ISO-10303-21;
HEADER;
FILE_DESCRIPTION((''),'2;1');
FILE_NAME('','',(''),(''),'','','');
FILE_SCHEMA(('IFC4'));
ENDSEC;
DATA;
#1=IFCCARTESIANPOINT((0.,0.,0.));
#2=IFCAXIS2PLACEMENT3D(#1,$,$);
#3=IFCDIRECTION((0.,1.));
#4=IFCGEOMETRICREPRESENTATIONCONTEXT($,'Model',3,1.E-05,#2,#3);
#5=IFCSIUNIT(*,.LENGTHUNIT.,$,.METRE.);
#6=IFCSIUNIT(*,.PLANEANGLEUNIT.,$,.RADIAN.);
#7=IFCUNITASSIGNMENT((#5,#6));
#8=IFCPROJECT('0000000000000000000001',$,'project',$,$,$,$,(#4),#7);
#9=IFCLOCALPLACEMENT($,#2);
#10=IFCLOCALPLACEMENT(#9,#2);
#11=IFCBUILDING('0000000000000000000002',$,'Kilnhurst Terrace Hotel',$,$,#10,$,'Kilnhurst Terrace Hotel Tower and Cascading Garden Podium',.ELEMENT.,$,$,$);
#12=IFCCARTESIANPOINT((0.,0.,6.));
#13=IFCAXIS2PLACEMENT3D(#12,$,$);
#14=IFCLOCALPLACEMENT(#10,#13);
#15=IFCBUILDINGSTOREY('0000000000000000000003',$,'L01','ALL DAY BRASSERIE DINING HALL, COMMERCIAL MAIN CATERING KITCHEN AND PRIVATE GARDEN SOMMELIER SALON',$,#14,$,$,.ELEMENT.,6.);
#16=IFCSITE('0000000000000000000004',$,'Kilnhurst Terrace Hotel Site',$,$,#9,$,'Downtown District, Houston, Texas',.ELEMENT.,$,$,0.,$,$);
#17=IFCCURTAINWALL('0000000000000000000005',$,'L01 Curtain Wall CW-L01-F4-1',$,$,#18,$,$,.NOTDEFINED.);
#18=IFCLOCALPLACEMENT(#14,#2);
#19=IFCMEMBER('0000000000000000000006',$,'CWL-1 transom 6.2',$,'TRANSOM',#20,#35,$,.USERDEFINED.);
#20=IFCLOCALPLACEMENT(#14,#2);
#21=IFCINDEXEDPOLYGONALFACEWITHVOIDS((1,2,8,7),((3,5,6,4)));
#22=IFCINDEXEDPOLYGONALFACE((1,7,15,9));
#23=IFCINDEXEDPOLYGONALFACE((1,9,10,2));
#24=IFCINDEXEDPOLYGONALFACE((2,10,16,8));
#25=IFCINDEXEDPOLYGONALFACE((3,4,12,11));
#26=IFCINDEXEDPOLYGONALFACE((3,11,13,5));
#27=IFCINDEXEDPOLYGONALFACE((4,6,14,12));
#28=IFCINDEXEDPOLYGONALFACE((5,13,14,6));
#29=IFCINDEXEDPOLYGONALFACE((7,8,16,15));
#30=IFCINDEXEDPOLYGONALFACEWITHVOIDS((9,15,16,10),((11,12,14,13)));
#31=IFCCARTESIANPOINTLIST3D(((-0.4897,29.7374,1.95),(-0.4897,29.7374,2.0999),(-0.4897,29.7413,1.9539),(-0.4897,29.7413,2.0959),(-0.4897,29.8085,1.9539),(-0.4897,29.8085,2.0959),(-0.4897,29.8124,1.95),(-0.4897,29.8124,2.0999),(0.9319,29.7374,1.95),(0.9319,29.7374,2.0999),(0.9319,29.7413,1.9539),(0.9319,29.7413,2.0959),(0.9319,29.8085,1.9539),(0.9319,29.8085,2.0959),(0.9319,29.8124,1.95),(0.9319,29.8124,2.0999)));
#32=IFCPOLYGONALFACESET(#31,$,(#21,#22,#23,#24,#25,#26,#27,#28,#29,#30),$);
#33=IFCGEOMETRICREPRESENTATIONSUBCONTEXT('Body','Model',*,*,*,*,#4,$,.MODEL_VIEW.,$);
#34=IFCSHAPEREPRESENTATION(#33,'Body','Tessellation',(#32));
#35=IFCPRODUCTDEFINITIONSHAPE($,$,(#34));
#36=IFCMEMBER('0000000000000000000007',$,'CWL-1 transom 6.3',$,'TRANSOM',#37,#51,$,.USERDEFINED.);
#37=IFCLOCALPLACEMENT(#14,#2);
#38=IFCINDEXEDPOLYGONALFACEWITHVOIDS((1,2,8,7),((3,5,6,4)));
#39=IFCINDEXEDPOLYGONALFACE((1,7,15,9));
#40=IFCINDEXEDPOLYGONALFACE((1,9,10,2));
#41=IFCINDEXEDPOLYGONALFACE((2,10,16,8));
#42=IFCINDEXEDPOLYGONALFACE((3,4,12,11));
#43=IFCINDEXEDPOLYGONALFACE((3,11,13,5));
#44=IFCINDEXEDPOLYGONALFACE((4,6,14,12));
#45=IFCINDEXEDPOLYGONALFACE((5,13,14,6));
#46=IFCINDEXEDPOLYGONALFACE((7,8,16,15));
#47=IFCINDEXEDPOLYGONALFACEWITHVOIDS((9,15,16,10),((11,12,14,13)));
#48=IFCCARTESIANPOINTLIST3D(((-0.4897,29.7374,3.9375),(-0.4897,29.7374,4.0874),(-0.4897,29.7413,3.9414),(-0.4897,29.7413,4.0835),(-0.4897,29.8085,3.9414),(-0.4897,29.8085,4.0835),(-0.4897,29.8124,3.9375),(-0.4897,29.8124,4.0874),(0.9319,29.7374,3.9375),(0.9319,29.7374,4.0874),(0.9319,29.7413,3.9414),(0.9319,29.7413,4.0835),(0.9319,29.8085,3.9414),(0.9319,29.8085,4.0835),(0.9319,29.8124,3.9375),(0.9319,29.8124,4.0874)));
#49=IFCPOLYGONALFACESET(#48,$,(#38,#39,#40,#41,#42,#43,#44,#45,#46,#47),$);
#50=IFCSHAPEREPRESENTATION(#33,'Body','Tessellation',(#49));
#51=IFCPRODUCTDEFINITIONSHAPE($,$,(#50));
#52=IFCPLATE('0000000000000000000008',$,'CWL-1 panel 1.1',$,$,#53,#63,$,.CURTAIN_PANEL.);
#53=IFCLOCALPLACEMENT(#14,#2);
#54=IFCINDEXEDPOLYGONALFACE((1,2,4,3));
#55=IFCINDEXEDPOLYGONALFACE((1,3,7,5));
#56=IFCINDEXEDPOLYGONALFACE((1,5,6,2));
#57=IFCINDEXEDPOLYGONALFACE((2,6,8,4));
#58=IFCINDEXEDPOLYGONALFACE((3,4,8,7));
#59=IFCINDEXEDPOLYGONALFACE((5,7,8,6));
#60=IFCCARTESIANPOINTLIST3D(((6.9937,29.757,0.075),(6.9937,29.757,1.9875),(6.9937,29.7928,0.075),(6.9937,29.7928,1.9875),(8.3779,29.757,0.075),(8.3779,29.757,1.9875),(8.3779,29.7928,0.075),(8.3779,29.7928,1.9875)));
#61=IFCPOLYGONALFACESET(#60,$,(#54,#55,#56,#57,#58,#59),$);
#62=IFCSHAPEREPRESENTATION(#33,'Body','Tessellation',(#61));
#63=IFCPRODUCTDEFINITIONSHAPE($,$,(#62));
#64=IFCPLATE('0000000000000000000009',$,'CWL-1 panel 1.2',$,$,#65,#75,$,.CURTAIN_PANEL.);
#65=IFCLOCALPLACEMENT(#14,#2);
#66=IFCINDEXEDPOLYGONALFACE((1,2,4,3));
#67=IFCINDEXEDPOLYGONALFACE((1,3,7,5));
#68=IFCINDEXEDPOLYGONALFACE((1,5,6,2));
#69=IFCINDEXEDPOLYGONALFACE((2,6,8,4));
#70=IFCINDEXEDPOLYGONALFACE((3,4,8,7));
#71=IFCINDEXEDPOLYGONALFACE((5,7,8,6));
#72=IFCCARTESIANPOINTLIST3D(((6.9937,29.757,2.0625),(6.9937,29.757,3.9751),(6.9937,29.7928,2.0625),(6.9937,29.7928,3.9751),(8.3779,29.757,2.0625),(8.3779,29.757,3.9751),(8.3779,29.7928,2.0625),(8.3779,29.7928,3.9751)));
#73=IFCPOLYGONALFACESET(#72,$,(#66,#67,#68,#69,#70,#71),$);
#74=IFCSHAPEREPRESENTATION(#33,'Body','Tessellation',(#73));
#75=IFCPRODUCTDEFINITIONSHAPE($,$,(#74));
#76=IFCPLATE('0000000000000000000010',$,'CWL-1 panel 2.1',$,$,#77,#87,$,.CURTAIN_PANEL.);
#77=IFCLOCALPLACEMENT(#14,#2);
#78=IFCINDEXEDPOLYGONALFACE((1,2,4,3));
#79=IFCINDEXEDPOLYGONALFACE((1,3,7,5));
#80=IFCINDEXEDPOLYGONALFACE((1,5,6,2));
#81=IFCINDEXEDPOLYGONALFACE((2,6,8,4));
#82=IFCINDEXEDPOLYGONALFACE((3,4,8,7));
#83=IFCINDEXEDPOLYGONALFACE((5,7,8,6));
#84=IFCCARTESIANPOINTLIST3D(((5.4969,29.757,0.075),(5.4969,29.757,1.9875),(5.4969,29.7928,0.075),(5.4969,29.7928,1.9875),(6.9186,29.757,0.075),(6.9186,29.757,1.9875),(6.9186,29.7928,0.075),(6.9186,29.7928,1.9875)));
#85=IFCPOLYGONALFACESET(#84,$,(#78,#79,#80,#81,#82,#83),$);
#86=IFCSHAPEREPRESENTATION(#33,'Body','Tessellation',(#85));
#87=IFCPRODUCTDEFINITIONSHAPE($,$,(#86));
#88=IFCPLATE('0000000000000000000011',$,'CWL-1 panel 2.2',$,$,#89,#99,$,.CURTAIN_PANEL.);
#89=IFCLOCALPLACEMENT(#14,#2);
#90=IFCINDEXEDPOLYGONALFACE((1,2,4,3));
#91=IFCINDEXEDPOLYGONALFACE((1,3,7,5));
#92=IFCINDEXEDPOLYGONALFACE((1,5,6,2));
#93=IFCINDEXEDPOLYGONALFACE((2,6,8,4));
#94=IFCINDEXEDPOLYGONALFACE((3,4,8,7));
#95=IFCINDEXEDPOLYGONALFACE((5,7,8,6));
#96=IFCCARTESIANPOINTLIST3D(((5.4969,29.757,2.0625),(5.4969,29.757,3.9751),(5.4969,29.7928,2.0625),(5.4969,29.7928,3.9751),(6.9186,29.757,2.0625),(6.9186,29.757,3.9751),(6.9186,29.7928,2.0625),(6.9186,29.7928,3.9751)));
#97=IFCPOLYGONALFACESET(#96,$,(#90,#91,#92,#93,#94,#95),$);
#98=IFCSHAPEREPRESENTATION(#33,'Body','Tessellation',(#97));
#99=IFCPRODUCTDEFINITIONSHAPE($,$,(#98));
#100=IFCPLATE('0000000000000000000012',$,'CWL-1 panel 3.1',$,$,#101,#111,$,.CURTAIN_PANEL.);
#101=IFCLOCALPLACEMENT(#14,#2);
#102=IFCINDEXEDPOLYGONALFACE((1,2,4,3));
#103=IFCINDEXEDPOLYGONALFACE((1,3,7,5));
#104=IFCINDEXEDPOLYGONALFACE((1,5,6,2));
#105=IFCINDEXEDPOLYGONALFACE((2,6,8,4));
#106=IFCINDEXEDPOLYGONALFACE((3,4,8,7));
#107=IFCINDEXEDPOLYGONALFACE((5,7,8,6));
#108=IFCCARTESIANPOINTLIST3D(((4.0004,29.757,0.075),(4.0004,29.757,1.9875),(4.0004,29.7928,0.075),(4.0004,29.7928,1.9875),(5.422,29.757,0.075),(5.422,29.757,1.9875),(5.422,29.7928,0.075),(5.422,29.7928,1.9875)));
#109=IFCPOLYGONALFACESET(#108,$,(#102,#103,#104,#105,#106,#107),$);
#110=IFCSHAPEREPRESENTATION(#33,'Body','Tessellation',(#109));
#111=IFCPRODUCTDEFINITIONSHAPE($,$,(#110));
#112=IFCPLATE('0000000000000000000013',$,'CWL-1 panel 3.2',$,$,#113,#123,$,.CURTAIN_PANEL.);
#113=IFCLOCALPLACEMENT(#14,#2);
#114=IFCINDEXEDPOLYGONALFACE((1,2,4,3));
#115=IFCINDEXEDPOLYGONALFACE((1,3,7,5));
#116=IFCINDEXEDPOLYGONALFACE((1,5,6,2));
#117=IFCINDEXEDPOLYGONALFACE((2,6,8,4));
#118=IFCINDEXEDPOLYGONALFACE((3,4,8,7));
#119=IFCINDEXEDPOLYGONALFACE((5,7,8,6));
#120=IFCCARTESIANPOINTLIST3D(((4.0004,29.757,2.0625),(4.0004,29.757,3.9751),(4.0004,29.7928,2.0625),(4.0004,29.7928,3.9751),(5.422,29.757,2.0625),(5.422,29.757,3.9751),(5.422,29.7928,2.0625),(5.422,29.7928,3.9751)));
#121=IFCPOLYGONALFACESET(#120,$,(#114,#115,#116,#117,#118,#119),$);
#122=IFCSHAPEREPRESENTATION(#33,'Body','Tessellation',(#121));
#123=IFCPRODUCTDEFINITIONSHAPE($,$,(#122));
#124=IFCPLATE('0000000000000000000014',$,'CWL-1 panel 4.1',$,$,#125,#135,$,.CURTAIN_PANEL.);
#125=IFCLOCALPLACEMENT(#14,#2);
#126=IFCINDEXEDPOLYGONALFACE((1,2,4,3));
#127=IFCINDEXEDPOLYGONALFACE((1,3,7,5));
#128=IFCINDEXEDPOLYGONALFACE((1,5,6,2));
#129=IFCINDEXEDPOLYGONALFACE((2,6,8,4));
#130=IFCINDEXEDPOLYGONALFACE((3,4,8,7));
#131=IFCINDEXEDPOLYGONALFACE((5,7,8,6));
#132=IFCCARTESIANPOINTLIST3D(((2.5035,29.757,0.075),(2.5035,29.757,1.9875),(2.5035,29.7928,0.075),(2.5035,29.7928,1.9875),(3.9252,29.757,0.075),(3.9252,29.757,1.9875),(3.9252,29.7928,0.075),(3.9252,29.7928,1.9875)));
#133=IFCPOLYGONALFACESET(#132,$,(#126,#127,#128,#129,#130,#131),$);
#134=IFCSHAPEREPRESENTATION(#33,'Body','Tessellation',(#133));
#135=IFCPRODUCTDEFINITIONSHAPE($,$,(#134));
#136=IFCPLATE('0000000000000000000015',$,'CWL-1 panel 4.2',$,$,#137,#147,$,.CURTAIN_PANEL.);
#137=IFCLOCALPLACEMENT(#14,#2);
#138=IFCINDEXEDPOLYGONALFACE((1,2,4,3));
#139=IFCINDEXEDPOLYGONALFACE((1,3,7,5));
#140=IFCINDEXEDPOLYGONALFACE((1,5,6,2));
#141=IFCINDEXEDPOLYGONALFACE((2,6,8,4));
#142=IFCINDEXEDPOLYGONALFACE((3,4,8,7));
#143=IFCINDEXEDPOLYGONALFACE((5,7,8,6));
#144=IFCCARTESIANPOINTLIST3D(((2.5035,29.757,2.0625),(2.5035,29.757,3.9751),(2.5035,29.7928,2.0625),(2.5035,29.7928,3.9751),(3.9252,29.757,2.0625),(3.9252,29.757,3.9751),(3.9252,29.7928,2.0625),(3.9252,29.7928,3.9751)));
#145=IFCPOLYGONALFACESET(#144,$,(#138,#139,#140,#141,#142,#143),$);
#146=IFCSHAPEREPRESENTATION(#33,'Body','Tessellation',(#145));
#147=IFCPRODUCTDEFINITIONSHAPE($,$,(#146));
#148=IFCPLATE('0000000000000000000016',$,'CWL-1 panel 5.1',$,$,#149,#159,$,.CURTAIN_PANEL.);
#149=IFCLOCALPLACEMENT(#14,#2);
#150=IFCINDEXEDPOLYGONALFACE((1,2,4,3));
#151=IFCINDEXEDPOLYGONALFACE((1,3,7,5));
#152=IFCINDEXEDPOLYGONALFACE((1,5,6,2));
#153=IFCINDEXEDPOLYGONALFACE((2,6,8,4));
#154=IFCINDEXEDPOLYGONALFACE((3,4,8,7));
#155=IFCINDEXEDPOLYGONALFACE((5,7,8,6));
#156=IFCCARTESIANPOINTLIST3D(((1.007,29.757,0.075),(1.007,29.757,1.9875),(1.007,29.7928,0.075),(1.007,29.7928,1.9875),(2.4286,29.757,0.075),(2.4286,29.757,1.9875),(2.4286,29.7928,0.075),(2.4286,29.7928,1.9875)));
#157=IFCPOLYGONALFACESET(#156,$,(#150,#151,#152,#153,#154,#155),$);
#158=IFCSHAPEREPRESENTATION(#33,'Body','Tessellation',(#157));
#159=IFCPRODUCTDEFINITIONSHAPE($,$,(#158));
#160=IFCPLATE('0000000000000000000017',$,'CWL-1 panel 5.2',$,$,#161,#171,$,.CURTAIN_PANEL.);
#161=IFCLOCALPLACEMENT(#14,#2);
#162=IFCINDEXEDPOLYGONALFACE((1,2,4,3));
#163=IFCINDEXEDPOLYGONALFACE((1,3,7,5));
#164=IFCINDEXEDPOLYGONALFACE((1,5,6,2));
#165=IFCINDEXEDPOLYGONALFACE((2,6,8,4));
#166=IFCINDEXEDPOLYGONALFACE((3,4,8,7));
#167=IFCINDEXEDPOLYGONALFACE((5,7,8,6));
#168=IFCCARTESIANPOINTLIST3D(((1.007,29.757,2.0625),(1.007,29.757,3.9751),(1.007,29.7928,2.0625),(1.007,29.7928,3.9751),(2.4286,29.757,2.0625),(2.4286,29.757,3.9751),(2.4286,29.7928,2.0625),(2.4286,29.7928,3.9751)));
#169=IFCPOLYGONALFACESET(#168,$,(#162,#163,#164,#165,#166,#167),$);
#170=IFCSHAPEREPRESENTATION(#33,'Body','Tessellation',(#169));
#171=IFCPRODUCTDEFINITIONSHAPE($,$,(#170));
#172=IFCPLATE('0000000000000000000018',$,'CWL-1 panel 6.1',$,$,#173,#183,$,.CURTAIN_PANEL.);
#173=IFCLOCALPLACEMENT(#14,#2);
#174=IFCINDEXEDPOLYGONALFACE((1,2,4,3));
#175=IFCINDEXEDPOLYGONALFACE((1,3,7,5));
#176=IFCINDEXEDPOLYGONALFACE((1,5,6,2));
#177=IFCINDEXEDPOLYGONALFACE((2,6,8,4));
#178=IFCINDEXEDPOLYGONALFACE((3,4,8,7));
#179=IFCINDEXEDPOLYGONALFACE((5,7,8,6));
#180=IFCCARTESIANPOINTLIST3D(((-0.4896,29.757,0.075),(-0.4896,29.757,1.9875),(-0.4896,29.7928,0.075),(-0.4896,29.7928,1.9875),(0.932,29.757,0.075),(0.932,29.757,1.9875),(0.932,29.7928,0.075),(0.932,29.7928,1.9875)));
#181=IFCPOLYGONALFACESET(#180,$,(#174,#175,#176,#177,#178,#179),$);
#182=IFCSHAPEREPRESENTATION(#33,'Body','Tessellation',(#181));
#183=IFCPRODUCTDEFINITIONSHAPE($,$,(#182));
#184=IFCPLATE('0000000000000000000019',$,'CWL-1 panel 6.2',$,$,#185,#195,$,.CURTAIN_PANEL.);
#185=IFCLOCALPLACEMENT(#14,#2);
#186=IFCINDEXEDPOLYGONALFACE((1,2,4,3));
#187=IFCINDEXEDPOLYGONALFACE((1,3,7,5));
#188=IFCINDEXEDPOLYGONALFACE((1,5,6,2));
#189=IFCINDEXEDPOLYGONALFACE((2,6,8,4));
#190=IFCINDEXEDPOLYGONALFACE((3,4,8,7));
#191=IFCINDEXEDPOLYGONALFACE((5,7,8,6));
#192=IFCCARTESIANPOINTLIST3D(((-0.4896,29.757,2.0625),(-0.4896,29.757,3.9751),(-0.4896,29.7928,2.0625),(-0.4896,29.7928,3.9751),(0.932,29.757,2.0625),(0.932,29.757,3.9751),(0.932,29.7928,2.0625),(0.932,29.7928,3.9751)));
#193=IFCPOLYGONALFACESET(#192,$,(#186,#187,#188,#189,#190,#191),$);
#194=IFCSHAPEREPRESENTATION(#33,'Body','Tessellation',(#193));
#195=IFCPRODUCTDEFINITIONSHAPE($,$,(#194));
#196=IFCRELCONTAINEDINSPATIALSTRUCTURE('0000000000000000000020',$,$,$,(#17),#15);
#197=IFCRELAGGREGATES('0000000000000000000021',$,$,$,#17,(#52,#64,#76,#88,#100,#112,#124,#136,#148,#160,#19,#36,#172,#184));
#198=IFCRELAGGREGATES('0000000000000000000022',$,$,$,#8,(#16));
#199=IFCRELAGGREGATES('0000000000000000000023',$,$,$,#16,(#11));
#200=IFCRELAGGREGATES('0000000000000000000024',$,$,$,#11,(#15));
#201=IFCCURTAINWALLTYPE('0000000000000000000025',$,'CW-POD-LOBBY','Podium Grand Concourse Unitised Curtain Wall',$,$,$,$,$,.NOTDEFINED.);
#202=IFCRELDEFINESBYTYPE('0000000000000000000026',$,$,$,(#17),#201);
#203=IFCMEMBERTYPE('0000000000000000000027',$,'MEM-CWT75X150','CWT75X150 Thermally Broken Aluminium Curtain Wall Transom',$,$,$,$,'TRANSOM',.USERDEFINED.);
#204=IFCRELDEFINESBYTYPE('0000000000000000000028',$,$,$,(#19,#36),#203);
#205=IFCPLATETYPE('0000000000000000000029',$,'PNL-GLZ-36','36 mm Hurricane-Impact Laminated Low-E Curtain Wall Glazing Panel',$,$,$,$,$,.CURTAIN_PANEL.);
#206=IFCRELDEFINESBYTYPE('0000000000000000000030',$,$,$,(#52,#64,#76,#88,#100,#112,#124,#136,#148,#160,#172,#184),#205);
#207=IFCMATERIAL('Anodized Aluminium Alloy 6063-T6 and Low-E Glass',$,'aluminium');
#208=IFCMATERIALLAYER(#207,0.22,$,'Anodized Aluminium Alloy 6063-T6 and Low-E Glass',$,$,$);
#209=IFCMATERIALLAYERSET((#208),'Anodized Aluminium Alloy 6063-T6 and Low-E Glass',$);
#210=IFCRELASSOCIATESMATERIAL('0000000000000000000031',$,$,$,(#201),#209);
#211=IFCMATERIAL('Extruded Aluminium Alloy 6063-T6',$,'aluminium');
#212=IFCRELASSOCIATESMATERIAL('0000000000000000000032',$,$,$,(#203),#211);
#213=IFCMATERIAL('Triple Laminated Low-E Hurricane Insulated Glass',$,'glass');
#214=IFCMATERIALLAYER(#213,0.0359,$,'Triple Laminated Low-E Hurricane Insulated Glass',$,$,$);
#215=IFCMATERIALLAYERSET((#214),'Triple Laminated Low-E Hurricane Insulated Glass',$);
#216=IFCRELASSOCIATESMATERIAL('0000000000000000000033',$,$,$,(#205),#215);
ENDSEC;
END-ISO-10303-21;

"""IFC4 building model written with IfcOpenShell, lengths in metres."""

from ifc_helpers import new_model, si_unit, direction, frame, origin, origin_2d, place, context, subcontext, project, spatial, rectangle, hollow_rectangle, extrude, material, layer, layer_set, material_profile, profile_set, type_object, element, aggregate, save


model = new_model("IFC4")

# Units and contexts
model_context = context("Model", 3, precision=1e-05, world=origin(), true_north=direction((0.0, 1.0)))
body_context = subcontext(model_context, "Body", "Model", "MODEL_VIEW")
ifc_project = project(units=[si_unit("LENGTHUNIT", "METRE"), si_unit("PLANEANGLEUNIT", "RADIAN")], contexts=[model_context])

# Site, building, storey
site_placement = place(None, origin())
site = spatial("IfcSite", under=ifc_project, at=site_placement, Name="Kilnhurst Terrace Hotel Site", LongName="Downtown District, Houston, Texas", CompositionType="ELEMENT", RefElevation=0.0)
building_placement = place(site_placement, origin())
building = spatial("IfcBuilding", under=site, at=building_placement, Name="Kilnhurst Terrace Hotel", LongName="Kilnhurst Terrace Hotel Tower and Cascading Garden Podium", CompositionType="ELEMENT")
storey_placement = place(building_placement, frame((0.0, 0.0, 6.0)))
storey = spatial("IfcBuildingStorey", under=building, at=storey_placement, Name="L01", Description="ALL DAY BRASSERIE DINING HALL, COMMERCIAL MAIN CATERING KITCHEN AND PRIVATE GARDEN SOMMELIER SALON", CompositionType="ELEMENT", Elevation=6.0)

# Curtain wall, members, plates
ifc_material_1 = material(Name="Anodized Aluminium Alloy 6063-T6 and Low-E Glass", Category="aluminium")
ifc_layer_1 = layer(ifc_material_1, 0.22, Name="Anodized Aluminium Alloy 6063-T6 and Low-E Glass")
ifc_layer_set_1 = layer_set([ifc_layer_1], Name="Anodized Aluminium Alloy 6063-T6 and Low-E Glass")
curtain_wall_type = type_object("IfcCurtainWallType", Name="CW-POD-LOBBY", Description="Podium Grand Concourse Unitised Curtain Wall", PredefinedType="NOTDEFINED", material=ifc_layer_set_1)
curtain_wall_placement = place(storey_placement, origin())
curtain_wall = element("IfcCurtainWall", 1, at=curtain_wall_placement, inside=storey, type_object=curtain_wall_type, Name="L01 Curtain Wall CW-L01-F4-1", PredefinedType="NOTDEFINED")
ifc_material_2 = material(Name="Extruded Aluminium Alloy 6063-T6", Category="aluminium")
ifc_material_profile_1 = material_profile(ifc_material_2, hollow_rectangle(XDim=0.075, YDim=0.1499, WallThickness=0.0039, at=origin_2d()), Name="CWT75X150")
ifc_profile_set_1 = profile_set([ifc_material_profile_1], Name="Extruded Aluminium Alloy 6063-T6")
member_type_1 = type_object("IfcMemberType", Name="MEM-CWT75X150", Description="CWT75X150 Thermally Broken Aluminium Curtain Wall Transom", ElementType="TRANSOM", PredefinedType="USERDEFINED", material=ifc_profile_set_1)
member_1_placement = place(storey_placement, frame((0.9319, 29.7749, 2.0249), z_axis=(-1.0, 0.0, 0.0), x_axis=(0.0, -1.0, 0.0)))
member_1 = element("IfcMember", 2, at=member_1_placement, type_object=member_type_1, Name="CWL-1 transom 6.2", ObjectType="TRANSOM", PredefinedType="USERDEFINED", context=body_context, shape_type="SweptSolid", body=[
    extrude(hollow_rectangle(XDim=0.075, YDim=0.1499, WallThickness=0.0039, at=origin_2d()), origin(), (0.0, 0.0, 1.0), 1.4216),
])
member_2_placement = place(storey_placement, frame((0.9319, 29.7749, 4.0125), z_axis=(-1.0, 0.0, 0.0), x_axis=(0.0, -1.0, 0.0)))
member_2 = element("IfcMember", 3, at=member_2_placement, type_object=member_type_1, Name="CWL-1 transom 6.3", ObjectType="TRANSOM", PredefinedType="USERDEFINED", context=body_context, shape_type="SweptSolid", body=[
    extrude(hollow_rectangle(XDim=0.075, YDim=0.1499, WallThickness=0.0039, at=origin_2d()), origin(), (0.0, 0.0, 1.0), 1.4216),
])
ifc_material_3 = material(Name="Triple Laminated Low-E Hurricane Insulated Glass", Category="glass")
ifc_layer_2 = layer(ifc_material_3, 0.0359, Name="Triple Laminated Low-E Hurricane Insulated Glass")
ifc_layer_set_2 = layer_set([ifc_layer_2], Name="Triple Laminated Low-E Hurricane Insulated Glass")
plate_type = type_object("IfcPlateType", Name="PNL-GLZ-36", Description="36 mm Hurricane-Impact Laminated Low-E Curtain Wall Glazing Panel", PredefinedType="CURTAIN_PANEL", material=ifc_layer_set_2)
plate_1_placement = place(storey_placement, frame((7.6858, 29.7749, 0.075), z_axis=(0.0, 0.0, 1.0), x_axis=(-1.0, 0.0, 0.0)))
plate_1 = element("IfcPlate", 4, at=plate_1_placement, type_object=plate_type, Name="CWL-1 panel 1.1", PredefinedType="CURTAIN_PANEL", context=body_context, shape_type="SweptSolid", body=[
    extrude(rectangle(XDim=1.3843, YDim=0.0359, at=origin_2d()), origin(), (0.0, 0.0, 1.0), 1.9126),
])
plate_2_placement = place(storey_placement, frame((7.6858, 29.7749, 2.0625), z_axis=(0.0, 0.0, 1.0), x_axis=(-1.0, 0.0, 0.0)))
plate_2 = element("IfcPlate", 5, at=plate_2_placement, type_object=plate_type, Name="CWL-1 panel 1.2", PredefinedType="CURTAIN_PANEL", context=body_context, shape_type="SweptSolid", body=[
    extrude(rectangle(XDim=1.3843, YDim=0.0359, at=origin_2d()), origin(), (0.0, 0.0, 1.0), 1.9126),
])
plate_3_placement = place(storey_placement, frame((6.2078, 29.7749, 0.075), z_axis=(0.0, 0.0, 1.0), x_axis=(-1.0, 0.0, 0.0)))
plate_3 = element("IfcPlate", 6, at=plate_3_placement, type_object=plate_type, Name="CWL-1 panel 2.1", PredefinedType="CURTAIN_PANEL", context=body_context, shape_type="SweptSolid", body=[
    extrude(rectangle(XDim=1.4216, YDim=0.0359, at=origin_2d()), origin(), (0.0, 0.0, 1.0), 1.9126),
])
plate_4_placement = place(storey_placement, frame((6.2078, 29.7749, 2.0625), z_axis=(0.0, 0.0, 1.0), x_axis=(-1.0, 0.0, 0.0)))
plate_4 = element("IfcPlate", 7, at=plate_4_placement, type_object=plate_type, Name="CWL-1 panel 2.2", PredefinedType="CURTAIN_PANEL", context=body_context, shape_type="SweptSolid", body=[
    extrude(rectangle(XDim=1.4216, YDim=0.0359, at=origin_2d()), origin(), (0.0, 0.0, 1.0), 1.9126),
])
plate_5_placement = place(storey_placement, frame((4.7112, 29.7749, 0.075), z_axis=(0.0, 0.0, 1.0), x_axis=(-1.0, 0.0, 0.0)))
plate_5 = element("IfcPlate", 8, at=plate_5_placement, type_object=plate_type, Name="CWL-1 panel 3.1", PredefinedType="CURTAIN_PANEL", context=body_context, shape_type="SweptSolid", body=[
    extrude(rectangle(XDim=1.4216, YDim=0.0359, at=origin_2d()), origin(), (0.0, 0.0, 1.0), 1.9126),
])
plate_6_placement = place(storey_placement, frame((4.7112, 29.7749, 2.0625), z_axis=(0.0, 0.0, 1.0), x_axis=(-1.0, 0.0, 0.0)))
plate_6 = element("IfcPlate", 9, at=plate_6_placement, type_object=plate_type, Name="CWL-1 panel 3.2", PredefinedType="CURTAIN_PANEL", context=body_context, shape_type="SweptSolid", body=[
    extrude(rectangle(XDim=1.4216, YDim=0.0359, at=origin_2d()), origin(), (0.0, 0.0, 1.0), 1.9126),
])
plate_7_placement = place(storey_placement, frame((3.2144, 29.7749, 0.075), z_axis=(0.0, 0.0, 1.0), x_axis=(-1.0, 0.0, 0.0)))
plate_7 = element("IfcPlate", 10, at=plate_7_placement, type_object=plate_type, Name="CWL-1 panel 4.1", PredefinedType="CURTAIN_PANEL", context=body_context, shape_type="SweptSolid", body=[
    extrude(rectangle(XDim=1.4216, YDim=0.0359, at=origin_2d()), origin(), (0.0, 0.0, 1.0), 1.9126),
])
plate_8_placement = place(storey_placement, frame((3.2144, 29.7749, 2.0625), z_axis=(0.0, 0.0, 1.0), x_axis=(-1.0, 0.0, 0.0)))
plate_8 = element("IfcPlate", 11, at=plate_8_placement, type_object=plate_type, Name="CWL-1 panel 4.2", PredefinedType="CURTAIN_PANEL", context=body_context, shape_type="SweptSolid", body=[
    extrude(rectangle(XDim=1.4216, YDim=0.0359, at=origin_2d()), origin(), (0.0, 0.0, 1.0), 1.9126),
])
plate_9_placement = place(storey_placement, frame((1.7178, 29.7749, 0.075), z_axis=(0.0, 0.0, 1.0), x_axis=(-1.0, 0.0, 0.0)))
plate_9 = element("IfcPlate", 12, at=plate_9_placement, type_object=plate_type, Name="CWL-1 panel 5.1", PredefinedType="CURTAIN_PANEL", context=body_context, shape_type="SweptSolid", body=[
    extrude(rectangle(XDim=1.4216, YDim=0.0359, at=origin_2d()), origin(), (0.0, 0.0, 1.0), 1.9126),
])
plate_10_placement = place(storey_placement, frame((1.7178, 29.7749, 2.0625), z_axis=(0.0, 0.0, 1.0), x_axis=(-1.0, 0.0, 0.0)))
plate_10 = element("IfcPlate", 13, at=plate_10_placement, type_object=plate_type, Name="CWL-1 panel 5.2", PredefinedType="CURTAIN_PANEL", context=body_context, shape_type="SweptSolid", body=[
    extrude(rectangle(XDim=1.4216, YDim=0.0359, at=origin_2d()), origin(), (0.0, 0.0, 1.0), 1.9126),
])
plate_11_placement = place(storey_placement, frame((0.2212, 29.7749, 0.075), z_axis=(0.0, 0.0, 1.0), x_axis=(-1.0, 0.0, 0.0)))
plate_11 = element("IfcPlate", 14, at=plate_11_placement, type_object=plate_type, Name="CWL-1 panel 6.1", PredefinedType="CURTAIN_PANEL", context=body_context, shape_type="SweptSolid", body=[
    extrude(rectangle(XDim=1.4216, YDim=0.0359, at=origin_2d()), origin(), (0.0, 0.0, 1.0), 1.9126),
])
plate_12_placement = place(storey_placement, frame((0.2212, 29.7749, 2.0625), z_axis=(0.0, 0.0, 1.0), x_axis=(-1.0, 0.0, 0.0)))
plate_12 = element("IfcPlate", 15, at=plate_12_placement, type_object=plate_type, Name="CWL-1 panel 6.2", PredefinedType="CURTAIN_PANEL", context=body_context, shape_type="SweptSolid", body=[
    extrude(rectangle(XDim=1.4216, YDim=0.0359, at=origin_2d()), origin(), (0.0, 0.0, 1.0), 1.9126),
])
aggregate(curtain_wall, [plate_1, plate_2, plate_3, plate_4, plate_5, plate_6, plate_7, plate_8, plate_9, plate_10, member_1, member_2, plate_11, plate_12])

save(model, "model.ifc")
